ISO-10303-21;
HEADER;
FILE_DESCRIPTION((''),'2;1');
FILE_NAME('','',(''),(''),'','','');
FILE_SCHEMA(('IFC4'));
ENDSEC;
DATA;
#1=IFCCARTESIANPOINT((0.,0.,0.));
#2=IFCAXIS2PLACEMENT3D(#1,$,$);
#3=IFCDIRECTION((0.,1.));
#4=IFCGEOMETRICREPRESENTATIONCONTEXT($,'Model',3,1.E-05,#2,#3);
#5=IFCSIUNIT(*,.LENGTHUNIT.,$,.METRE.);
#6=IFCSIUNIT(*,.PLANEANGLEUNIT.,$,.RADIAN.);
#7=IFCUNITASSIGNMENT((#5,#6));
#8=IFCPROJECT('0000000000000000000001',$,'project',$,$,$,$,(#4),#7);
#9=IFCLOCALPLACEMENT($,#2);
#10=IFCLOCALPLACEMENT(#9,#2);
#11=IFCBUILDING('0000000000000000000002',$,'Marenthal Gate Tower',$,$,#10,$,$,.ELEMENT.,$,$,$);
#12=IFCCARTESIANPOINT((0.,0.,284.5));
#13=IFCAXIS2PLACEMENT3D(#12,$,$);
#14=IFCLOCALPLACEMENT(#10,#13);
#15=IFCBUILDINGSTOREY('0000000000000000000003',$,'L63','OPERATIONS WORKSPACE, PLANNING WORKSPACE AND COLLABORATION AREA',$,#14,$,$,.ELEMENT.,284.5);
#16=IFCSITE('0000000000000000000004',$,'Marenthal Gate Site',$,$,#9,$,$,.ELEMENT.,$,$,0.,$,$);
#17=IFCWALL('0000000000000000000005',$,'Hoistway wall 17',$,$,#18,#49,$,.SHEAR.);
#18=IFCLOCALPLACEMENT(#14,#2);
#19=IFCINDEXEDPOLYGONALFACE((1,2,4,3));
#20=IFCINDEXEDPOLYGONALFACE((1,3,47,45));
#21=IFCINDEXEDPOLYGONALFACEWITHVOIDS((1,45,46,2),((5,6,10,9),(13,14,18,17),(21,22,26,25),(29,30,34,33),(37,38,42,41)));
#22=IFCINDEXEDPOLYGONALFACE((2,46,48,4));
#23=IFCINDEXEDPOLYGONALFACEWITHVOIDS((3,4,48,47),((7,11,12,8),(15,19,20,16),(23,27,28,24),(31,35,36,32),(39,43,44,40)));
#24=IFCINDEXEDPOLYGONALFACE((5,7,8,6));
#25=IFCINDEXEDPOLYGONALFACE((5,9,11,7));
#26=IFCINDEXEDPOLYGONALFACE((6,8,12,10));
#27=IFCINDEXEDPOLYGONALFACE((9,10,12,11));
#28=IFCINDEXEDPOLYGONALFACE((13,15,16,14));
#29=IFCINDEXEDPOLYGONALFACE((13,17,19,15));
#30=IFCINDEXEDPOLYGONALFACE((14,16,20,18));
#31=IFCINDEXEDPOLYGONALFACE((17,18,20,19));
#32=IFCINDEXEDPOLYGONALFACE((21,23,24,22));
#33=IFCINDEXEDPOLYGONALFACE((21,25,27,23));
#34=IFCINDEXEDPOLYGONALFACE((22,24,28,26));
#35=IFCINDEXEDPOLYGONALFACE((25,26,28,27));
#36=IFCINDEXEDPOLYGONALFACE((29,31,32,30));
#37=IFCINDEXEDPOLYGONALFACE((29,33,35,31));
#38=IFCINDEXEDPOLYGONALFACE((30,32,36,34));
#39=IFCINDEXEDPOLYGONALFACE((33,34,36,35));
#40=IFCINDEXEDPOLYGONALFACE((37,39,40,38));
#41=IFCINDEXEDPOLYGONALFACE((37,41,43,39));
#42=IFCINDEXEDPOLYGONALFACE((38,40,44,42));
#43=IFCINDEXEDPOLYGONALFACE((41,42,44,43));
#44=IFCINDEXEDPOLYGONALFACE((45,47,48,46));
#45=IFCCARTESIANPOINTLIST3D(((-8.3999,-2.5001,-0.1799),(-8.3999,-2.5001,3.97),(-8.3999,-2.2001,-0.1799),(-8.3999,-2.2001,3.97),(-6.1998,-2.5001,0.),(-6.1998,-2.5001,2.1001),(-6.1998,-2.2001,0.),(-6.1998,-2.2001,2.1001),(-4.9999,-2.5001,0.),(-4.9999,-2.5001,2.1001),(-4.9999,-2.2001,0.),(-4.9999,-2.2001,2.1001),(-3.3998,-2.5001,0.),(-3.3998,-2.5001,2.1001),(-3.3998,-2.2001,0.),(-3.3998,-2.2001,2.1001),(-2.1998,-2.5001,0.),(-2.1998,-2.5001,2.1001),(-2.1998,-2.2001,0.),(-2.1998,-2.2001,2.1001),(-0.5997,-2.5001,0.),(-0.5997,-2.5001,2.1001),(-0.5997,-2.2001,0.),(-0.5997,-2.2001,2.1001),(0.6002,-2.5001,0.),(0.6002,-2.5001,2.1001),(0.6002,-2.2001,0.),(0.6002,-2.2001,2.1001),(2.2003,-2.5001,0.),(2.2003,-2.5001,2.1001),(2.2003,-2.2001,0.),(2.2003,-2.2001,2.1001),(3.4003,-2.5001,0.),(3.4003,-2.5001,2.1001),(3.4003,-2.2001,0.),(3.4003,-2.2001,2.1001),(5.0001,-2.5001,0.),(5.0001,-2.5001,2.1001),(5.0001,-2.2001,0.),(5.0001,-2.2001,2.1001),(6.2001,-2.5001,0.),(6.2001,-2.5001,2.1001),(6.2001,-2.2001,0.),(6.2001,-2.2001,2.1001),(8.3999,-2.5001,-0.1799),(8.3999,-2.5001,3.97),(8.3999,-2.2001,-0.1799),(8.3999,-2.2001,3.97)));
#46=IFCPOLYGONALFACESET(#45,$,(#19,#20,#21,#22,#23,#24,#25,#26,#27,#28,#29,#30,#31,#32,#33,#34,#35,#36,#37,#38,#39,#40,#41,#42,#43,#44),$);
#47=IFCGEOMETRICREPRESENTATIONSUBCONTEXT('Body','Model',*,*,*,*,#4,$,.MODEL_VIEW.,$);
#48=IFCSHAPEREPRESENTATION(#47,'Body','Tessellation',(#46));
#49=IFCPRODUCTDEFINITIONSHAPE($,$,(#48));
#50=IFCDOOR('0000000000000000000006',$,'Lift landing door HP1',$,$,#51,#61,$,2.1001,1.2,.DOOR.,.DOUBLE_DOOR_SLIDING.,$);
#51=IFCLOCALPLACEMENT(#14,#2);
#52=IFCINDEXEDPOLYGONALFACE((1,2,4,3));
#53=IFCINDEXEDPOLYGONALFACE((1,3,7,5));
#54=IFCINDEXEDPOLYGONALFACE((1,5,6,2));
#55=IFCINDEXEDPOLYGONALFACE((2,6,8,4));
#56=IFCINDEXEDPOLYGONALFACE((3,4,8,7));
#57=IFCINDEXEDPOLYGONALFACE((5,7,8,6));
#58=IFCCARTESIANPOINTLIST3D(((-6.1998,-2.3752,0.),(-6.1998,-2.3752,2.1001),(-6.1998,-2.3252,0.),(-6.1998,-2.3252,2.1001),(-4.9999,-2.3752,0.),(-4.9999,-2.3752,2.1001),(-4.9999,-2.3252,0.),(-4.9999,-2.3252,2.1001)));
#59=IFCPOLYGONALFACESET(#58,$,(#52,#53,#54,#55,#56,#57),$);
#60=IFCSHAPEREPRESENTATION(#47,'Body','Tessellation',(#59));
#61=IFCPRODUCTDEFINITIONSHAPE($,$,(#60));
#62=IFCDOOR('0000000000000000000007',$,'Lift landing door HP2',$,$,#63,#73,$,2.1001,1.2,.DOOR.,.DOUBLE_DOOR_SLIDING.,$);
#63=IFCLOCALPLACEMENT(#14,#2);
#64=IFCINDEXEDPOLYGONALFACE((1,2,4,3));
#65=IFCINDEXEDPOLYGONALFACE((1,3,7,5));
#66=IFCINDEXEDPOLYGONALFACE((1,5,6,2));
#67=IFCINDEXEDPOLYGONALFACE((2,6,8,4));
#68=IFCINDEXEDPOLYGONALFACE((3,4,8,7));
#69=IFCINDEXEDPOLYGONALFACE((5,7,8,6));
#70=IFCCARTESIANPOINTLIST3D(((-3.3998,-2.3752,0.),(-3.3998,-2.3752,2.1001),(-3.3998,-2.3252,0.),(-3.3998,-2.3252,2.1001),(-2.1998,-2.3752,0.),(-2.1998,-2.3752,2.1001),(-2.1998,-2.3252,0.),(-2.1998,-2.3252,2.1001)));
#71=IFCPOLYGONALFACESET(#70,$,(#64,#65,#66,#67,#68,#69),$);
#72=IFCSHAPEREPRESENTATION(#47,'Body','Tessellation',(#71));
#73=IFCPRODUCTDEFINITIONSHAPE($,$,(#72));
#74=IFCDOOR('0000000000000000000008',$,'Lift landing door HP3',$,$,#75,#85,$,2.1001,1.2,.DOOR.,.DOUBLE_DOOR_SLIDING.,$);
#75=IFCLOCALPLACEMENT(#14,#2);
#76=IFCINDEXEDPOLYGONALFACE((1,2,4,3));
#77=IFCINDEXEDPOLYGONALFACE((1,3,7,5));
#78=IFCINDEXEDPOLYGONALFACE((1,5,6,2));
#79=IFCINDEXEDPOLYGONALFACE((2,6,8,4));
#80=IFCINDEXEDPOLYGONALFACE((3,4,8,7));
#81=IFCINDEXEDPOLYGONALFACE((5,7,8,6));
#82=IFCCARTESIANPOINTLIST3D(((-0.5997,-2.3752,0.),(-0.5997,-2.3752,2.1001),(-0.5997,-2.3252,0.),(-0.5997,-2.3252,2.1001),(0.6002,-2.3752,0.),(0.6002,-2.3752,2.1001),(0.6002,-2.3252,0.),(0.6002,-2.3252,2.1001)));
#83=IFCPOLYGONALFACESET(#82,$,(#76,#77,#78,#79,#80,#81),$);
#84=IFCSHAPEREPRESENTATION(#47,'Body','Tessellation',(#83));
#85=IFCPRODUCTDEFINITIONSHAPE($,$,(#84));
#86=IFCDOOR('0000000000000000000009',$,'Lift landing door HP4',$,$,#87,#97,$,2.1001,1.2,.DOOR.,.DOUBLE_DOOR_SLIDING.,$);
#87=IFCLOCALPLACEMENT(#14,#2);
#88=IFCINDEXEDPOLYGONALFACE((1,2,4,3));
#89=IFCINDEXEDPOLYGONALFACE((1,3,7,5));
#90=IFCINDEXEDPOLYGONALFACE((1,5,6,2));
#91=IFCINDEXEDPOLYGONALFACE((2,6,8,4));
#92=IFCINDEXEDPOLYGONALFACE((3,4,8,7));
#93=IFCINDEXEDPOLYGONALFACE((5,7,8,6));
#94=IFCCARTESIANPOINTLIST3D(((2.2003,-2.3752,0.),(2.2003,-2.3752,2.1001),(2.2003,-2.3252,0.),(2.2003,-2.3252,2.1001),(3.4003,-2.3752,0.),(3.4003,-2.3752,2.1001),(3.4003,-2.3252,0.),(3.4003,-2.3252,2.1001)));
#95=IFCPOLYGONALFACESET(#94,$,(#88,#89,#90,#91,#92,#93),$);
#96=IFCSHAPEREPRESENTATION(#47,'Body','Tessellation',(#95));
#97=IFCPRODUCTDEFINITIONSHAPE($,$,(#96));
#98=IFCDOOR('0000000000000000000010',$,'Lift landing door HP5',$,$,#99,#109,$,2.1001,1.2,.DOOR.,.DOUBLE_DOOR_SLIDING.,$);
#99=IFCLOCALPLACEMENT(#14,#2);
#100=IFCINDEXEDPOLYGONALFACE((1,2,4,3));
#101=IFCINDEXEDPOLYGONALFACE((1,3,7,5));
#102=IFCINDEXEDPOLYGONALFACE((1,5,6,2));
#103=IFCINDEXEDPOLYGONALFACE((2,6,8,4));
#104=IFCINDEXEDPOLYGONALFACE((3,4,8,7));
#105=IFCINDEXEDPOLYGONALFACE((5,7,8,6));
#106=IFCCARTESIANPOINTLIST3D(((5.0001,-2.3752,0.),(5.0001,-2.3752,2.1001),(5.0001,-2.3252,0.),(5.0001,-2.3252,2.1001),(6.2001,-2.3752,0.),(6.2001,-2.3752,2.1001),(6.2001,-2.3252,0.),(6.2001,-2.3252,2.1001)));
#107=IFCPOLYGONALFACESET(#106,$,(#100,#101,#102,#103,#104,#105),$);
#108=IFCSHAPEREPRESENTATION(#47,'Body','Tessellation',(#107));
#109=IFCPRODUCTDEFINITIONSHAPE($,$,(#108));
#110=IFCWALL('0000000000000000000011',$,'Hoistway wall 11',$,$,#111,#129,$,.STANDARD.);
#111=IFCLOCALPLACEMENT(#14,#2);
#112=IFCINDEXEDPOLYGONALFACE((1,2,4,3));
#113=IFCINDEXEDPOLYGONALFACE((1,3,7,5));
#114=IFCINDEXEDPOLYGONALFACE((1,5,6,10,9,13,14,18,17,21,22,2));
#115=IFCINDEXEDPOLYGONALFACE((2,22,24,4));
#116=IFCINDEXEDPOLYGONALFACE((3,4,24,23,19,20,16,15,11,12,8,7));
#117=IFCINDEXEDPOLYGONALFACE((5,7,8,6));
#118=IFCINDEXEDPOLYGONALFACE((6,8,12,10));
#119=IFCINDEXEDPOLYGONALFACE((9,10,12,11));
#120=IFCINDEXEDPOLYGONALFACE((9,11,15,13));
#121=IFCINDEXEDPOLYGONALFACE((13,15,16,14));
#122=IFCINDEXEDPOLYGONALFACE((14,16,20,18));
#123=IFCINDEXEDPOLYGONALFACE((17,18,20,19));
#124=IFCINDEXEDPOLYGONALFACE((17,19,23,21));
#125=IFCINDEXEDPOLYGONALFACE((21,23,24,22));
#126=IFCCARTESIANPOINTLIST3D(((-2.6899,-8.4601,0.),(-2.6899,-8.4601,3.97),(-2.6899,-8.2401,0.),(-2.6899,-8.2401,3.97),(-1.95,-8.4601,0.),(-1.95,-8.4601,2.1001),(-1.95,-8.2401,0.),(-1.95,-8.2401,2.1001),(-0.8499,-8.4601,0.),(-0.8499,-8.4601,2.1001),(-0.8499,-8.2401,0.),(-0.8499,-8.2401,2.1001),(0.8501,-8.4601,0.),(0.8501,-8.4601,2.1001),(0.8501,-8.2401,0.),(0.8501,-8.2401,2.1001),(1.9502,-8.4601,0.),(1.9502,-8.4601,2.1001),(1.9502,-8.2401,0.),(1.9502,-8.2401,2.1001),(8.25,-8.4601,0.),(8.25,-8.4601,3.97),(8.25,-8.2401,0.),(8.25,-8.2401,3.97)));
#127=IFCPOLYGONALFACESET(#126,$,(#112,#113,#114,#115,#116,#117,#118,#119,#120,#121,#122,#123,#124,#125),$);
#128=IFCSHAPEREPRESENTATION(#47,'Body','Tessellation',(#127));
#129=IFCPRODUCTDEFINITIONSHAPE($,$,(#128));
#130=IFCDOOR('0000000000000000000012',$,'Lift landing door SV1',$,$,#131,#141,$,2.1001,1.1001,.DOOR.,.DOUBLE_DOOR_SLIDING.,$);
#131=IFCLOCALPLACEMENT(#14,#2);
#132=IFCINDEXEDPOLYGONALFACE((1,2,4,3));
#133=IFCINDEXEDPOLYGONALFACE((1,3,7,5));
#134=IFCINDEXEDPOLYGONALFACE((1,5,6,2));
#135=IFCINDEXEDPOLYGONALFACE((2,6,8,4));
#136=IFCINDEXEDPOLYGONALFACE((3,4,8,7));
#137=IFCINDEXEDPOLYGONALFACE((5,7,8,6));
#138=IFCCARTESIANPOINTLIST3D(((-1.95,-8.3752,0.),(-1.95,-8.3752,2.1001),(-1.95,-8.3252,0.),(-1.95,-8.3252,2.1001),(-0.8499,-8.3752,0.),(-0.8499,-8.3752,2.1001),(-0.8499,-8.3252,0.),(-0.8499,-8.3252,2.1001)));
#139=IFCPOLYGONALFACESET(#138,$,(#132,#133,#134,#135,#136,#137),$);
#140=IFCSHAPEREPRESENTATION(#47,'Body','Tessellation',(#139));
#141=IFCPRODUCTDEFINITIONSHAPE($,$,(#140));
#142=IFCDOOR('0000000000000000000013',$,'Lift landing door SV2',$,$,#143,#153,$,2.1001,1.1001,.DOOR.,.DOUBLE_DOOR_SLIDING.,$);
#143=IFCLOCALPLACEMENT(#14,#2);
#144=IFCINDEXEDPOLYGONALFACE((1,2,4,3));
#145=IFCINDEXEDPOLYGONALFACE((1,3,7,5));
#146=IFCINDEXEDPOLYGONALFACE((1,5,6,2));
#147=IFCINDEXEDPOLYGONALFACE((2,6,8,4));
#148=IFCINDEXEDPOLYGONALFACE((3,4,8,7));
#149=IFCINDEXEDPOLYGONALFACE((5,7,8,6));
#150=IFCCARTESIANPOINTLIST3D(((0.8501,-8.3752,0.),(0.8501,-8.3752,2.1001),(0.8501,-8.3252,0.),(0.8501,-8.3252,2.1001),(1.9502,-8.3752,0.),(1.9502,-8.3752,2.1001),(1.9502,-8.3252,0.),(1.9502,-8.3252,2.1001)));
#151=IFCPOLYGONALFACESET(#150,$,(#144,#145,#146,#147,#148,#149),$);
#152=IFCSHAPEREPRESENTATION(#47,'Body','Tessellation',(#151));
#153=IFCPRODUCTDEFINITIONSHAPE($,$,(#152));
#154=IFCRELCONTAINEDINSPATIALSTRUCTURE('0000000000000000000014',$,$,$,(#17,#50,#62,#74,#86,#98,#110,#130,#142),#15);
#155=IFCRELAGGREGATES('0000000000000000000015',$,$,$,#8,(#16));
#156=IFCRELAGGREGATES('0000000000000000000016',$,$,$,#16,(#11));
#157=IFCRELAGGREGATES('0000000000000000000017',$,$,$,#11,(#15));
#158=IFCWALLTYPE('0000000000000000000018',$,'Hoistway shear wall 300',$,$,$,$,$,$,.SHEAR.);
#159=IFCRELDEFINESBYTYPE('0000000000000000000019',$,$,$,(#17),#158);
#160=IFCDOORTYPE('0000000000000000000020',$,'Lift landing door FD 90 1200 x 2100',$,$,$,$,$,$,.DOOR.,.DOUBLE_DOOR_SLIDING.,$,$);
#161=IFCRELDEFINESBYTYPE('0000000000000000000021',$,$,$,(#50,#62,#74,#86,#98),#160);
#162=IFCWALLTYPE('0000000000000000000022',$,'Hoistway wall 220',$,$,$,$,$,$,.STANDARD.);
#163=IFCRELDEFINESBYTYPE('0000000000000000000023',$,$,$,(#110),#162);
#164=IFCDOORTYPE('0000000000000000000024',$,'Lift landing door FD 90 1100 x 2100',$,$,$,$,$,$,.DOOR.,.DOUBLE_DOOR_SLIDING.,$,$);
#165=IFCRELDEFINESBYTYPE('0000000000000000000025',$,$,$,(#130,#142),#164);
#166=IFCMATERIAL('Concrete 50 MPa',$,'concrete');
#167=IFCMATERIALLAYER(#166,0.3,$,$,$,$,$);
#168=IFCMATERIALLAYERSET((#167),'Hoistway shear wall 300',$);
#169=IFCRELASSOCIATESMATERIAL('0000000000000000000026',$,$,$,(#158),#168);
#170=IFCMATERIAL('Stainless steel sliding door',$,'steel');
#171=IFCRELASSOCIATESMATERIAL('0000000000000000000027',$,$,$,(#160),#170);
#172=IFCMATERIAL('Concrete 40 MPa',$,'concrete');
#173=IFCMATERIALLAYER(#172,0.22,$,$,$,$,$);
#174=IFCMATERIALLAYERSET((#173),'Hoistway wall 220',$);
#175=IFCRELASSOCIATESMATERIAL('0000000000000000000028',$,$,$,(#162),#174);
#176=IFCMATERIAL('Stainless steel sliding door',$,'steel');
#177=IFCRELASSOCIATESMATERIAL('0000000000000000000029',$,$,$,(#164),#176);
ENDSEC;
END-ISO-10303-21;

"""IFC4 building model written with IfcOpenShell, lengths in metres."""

from ifc_helpers import new_model, si_unit, direction, frame, frame_2d, origin, place, context, subcontext, project, spatial, rectangle, extrude, material, layer, layer_set, type_object, element, fill, save


model = new_model("IFC4")

# Units and contexts
model_context = context("Model", 3, precision=1e-05, world=origin(), true_north=direction((0.0, 1.0)))
body_context = subcontext(model_context, "Body", "Model", "MODEL_VIEW")
ifc_project = project(units=[si_unit("LENGTHUNIT", "METRE"), si_unit("PLANEANGLEUNIT", "RADIAN")], contexts=[model_context])

# Site, building, storey
site_placement = place(None, origin())
site = spatial("IfcSite", under=ifc_project, at=site_placement, Name="Marenthal Gate Site", CompositionType="ELEMENT", RefElevation=0.0)
building_placement = place(site_placement, origin())
building = spatial("IfcBuilding", under=site, at=building_placement, Name="Marenthal Gate Tower", CompositionType="ELEMENT")
storey_placement = place(building_placement, frame((0.0, 0.0, 284.5)))
storey = spatial("IfcBuildingStorey", under=building, at=storey_placement, Name="L63", Description="OPERATIONS WORKSPACE, PLANNING WORKSPACE AND COLLABORATION AREA", CompositionType="ELEMENT", Elevation=284.5)

# Walls, openings, doors
ifc_material_1 = material(Name="Concrete 50 MPa", Category="concrete")
ifc_layer_1 = layer(ifc_material_1, 0.3)
ifc_layer_set_1 = layer_set([ifc_layer_1], Name="Hoistway shear wall 300")
wall_type_1 = type_object("IfcWallType", Name="Hoistway shear wall 300", PredefinedType="SHEAR", material=ifc_layer_set_1)
wall_1_placement = place(storey_placement, frame((-8.3999, -2.3501, -0.1799), z_axis=(0.0, 0.0, 1.0), x_axis=(1.0, 0.0, 0.0)))
wall_1 = element("IfcWall", 1, at=wall_1_placement, inside=storey, type_object=wall_type_1, Name="Hoistway wall 17", PredefinedType="SHEAR", context=body_context, shape_type="SweptSolid", body=[
    extrude(rectangle(XDim=16.7998, YDim=0.3, at=frame_2d((8.3999, 0.0))), origin(), (0.0, 0.0, 1.0), 4.1499),
])
opening_1_placement = place(wall_1_placement, frame((2.2, 0.0, 0.1799)))
opening_1 = element("IfcOpeningElement", 2, at=opening_1_placement, cuts=wall_1, PredefinedType="OPENING", context=body_context, shape_type="SweptSolid", body=[
    extrude(rectangle(XDim=1.2, YDim=2.1001, at=frame_2d((0.6001, 1.05))), frame((0.0, 0.1602, 0.0), z_axis=(0.0, -1.0, 0.0), x_axis=(1.0, 0.0, 0.0)), (0.0, 0.0, 1.0), 0.3201),
])
opening_2_placement = place(wall_1_placement, frame((5.0, 0.0, 0.1799)))
opening_2 = element("IfcOpeningElement", 3, at=opening_2_placement, cuts=wall_1, PredefinedType="OPENING", context=body_context, shape_type="SweptSolid", body=[
    extrude(rectangle(XDim=1.2, YDim=2.1001, at=frame_2d((0.6001, 1.05))), frame((0.0, 0.1602, 0.0), z_axis=(0.0, -1.0, 0.0), x_axis=(1.0, 0.0, 0.0)), (0.0, 0.0, 1.0), 0.3201),
])
opening_3_placement = place(wall_1_placement, frame((7.8, 0.0, 0.1799)))
opening_3 = element("IfcOpeningElement", 4, at=opening_3_placement, cuts=wall_1, PredefinedType="OPENING", context=body_context, shape_type="SweptSolid", body=[
    extrude(rectangle(XDim=1.2, YDim=2.1001, at=frame_2d((0.6001, 1.05))), frame((0.0, 0.1602, 0.0), z_axis=(0.0, -1.0, 0.0), x_axis=(1.0, 0.0, 0.0)), (0.0, 0.0, 1.0), 0.3201),
])
opening_4_placement = place(wall_1_placement, frame((10.6001, 0.0, 0.1799)))
opening_4 = element("IfcOpeningElement", 5, at=opening_4_placement, cuts=wall_1, PredefinedType="OPENING", context=body_context, shape_type="SweptSolid", body=[
    extrude(rectangle(XDim=1.2, YDim=2.1001, at=frame_2d((0.6001, 1.05))), frame((0.0, 0.1602, 0.0), z_axis=(0.0, -1.0, 0.0), x_axis=(1.0, 0.0, 0.0)), (0.0, 0.0, 1.0), 0.3201),
])
opening_5_placement = place(wall_1_placement, frame((13.3999, 0.0, 0.1799)))
opening_5 = element("IfcOpeningElement", 6, at=opening_5_placement, cuts=wall_1, PredefinedType="OPENING", context=body_context, shape_type="SweptSolid", body=[
    extrude(rectangle(XDim=1.2, YDim=2.1001, at=frame_2d((0.6001, 1.05))), frame((0.0, 0.1602, 0.0), z_axis=(0.0, -1.0, 0.0), x_axis=(1.0, 0.0, 0.0)), (0.0, 0.0, 1.0), 0.3201),
])
ifc_material_2 = material(Name="Stainless steel sliding door", Category="steel")
door_type_1 = type_object("IfcDoorType", Name="Lift landing door FD 90 1200 x 2100", OperationType="DOUBLE_DOOR_SLIDING", PredefinedType="DOOR", material=ifc_material_2)
door_1_placement = place(opening_1_placement, origin())
door_1 = element("IfcDoor", 7, at=door_1_placement, inside=storey, type_object=door_type_1, Name="Lift landing door HP1", OperationType="DOUBLE_DOOR_SLIDING", OverallHeight=2.1001, OverallWidth=1.2, PredefinedType="DOOR", context=body_context, shape_type="SweptSolid", body=[
    extrude(rectangle(XDim=1.2, YDim=2.1001, at=frame_2d((0.6001, 1.05))), frame((0.0, 0.0249, 0.0), z_axis=(0.0, -1.0, 0.0), x_axis=(1.0, 0.0, 0.0)), (0.0, 0.0, 1.0), 0.05),
])
fill(opening_1, door_1)
door_2_placement = place(opening_2_placement, origin())
door_2 = element("IfcDoor", 8, at=door_2_placement, inside=storey, type_object=door_type_1, Name="Lift landing door HP2", OperationType="DOUBLE_DOOR_SLIDING", OverallHeight=2.1001, OverallWidth=1.2, PredefinedType="DOOR", context=body_context, shape_type="SweptSolid", body=[
    extrude(rectangle(XDim=1.2, YDim=2.1001, at=frame_2d((0.6001, 1.05))), frame((0.0, 0.0249, 0.0), z_axis=(0.0, -1.0, 0.0), x_axis=(1.0, 0.0, 0.0)), (0.0, 0.0, 1.0), 0.05),
])
fill(opening_2, door_2)
door_3_placement = place(opening_3_placement, origin())
door_3 = element("IfcDoor", 9, at=door_3_placement, inside=storey, type_object=door_type_1, Name="Lift landing door HP3", OperationType="DOUBLE_DOOR_SLIDING", OverallHeight=2.1001, OverallWidth=1.2, PredefinedType="DOOR", context=body_context, shape_type="SweptSolid", body=[
    extrude(rectangle(XDim=1.2, YDim=2.1001, at=frame_2d((0.6001, 1.05))), frame((0.0, 0.0249, 0.0), z_axis=(0.0, -1.0, 0.0), x_axis=(1.0, 0.0, 0.0)), (0.0, 0.0, 1.0), 0.05),
])
fill(opening_3, door_3)
door_4_placement = place(opening_4_placement, origin())
door_4 = element("IfcDoor", 10, at=door_4_placement, inside=storey, type_object=door_type_1, Name="Lift landing door HP4", OperationType="DOUBLE_DOOR_SLIDING", OverallHeight=2.1001, OverallWidth=1.2, PredefinedType="DOOR", context=body_context, shape_type="SweptSolid", body=[
    extrude(rectangle(XDim=1.2, YDim=2.1001, at=frame_2d((0.6001, 1.05))), frame((0.0, 0.0249, 0.0), z_axis=(0.0, -1.0, 0.0), x_axis=(1.0, 0.0, 0.0)), (0.0, 0.0, 1.0), 0.05),
])
fill(opening_4, door_4)
door_5_placement = place(opening_5_placement, origin())
door_5 = element("IfcDoor", 11, at=door_5_placement, inside=storey, type_object=door_type_1, Name="Lift landing door HP5", OperationType="DOUBLE_DOOR_SLIDING", OverallHeight=2.1001, OverallWidth=1.2, PredefinedType="DOOR", context=body_context, shape_type="SweptSolid", body=[
    extrude(rectangle(XDim=1.2, YDim=2.1001, at=frame_2d((0.6001, 1.05))), frame((0.0, 0.0249, 0.0), z_axis=(0.0, -1.0, 0.0), x_axis=(1.0, 0.0, 0.0)), (0.0, 0.0, 1.0), 0.05),
])
fill(opening_5, door_5)
ifc_material_3 = material(Name="Concrete 40 MPa", Category="concrete")
ifc_layer_2 = layer(ifc_material_3, 0.22)
ifc_layer_set_2 = layer_set([ifc_layer_2], Name="Hoistway wall 220")
wall_type_2 = type_object("IfcWallType", Name="Hoistway wall 220", PredefinedType="STANDARD", material=ifc_layer_set_2)
wall_2_placement = place(storey_placement, frame((-2.6899, -8.3501, 0.0), z_axis=(0.0, 0.0, 1.0), x_axis=(1.0, 0.0, 0.0)))
wall_2 = element("IfcWall", 12, at=wall_2_placement, inside=storey, type_object=wall_type_2, Name="Hoistway wall 11", PredefinedType="STANDARD", context=body_context, shape_type="SweptSolid", body=[
    extrude(rectangle(XDim=10.9399, YDim=0.22, at=frame_2d((5.47, 0.0))), origin(), (0.0, 0.0, 1.0), 3.97),
])
opening_6_placement = place(wall_2_placement, frame((0.74, 0.0, 0.0)))
opening_6 = element("IfcOpeningElement", 13, at=opening_6_placement, cuts=wall_2, PredefinedType="OPENING", context=body_context, shape_type="SweptSolid", body=[
    extrude(rectangle(XDim=1.1001, YDim=2.1001, at=frame_2d((0.55, 1.05))), frame((0.0, 0.1201, 0.0), z_axis=(0.0, -1.0, 0.0), x_axis=(1.0, 0.0, 0.0)), (0.0, 0.0, 1.0), 0.24),
])
opening_7_placement = place(wall_2_placement, frame((3.54, 0.0, 0.0)))
opening_7 = element("IfcOpeningElement", 14, at=opening_7_placement, cuts=wall_2, PredefinedType="OPENING", context=body_context, shape_type="SweptSolid", body=[
    extrude(rectangle(XDim=1.1001, YDim=2.1001, at=frame_2d((0.55, 1.05))), frame((0.0, 0.1201, 0.0), z_axis=(0.0, -1.0, 0.0), x_axis=(1.0, 0.0, 0.0)), (0.0, 0.0, 1.0), 0.24),
])
ifc_material_4 = material(Name="Stainless steel sliding door", Category="steel")
door_type_2 = type_object("IfcDoorType", Name="Lift landing door FD 90 1100 x 2100", OperationType="DOUBLE_DOOR_SLIDING", PredefinedType="DOOR", material=ifc_material_4)
door_6_placement = place(opening_6_placement, origin())
door_6 = element("IfcDoor", 15, at=door_6_placement, inside=storey, type_object=door_type_2, Name="Lift landing door SV1", OperationType="DOUBLE_DOOR_SLIDING", OverallHeight=2.1001, OverallWidth=1.1001, PredefinedType="DOOR", context=body_context, shape_type="SweptSolid", body=[
    extrude(rectangle(XDim=1.1001, YDim=2.1001, at=frame_2d((0.55, 1.05))), frame((0.0, 0.0249, 0.0), z_axis=(0.0, -1.0, 0.0), x_axis=(1.0, 0.0, 0.0)), (0.0, 0.0, 1.0), 0.05),
])
fill(opening_6, door_6)
door_7_placement = place(opening_7_placement, origin())
door_7 = element("IfcDoor", 16, at=door_7_placement, inside=storey, type_object=door_type_2, Name="Lift landing door SV2", OperationType="DOUBLE_DOOR_SLIDING", OverallHeight=2.1001, OverallWidth=1.1001, PredefinedType="DOOR", context=body_context, shape_type="SweptSolid", body=[
    extrude(rectangle(XDim=1.1001, YDim=2.1001, at=frame_2d((0.55, 1.05))), frame((0.0, 0.0249, 0.0), z_axis=(0.0, -1.0, 0.0), x_axis=(1.0, 0.0, 0.0)), (0.0, 0.0, 1.0), 0.05),
])
fill(opening_7, door_7)

save(model, "model.ifc")
